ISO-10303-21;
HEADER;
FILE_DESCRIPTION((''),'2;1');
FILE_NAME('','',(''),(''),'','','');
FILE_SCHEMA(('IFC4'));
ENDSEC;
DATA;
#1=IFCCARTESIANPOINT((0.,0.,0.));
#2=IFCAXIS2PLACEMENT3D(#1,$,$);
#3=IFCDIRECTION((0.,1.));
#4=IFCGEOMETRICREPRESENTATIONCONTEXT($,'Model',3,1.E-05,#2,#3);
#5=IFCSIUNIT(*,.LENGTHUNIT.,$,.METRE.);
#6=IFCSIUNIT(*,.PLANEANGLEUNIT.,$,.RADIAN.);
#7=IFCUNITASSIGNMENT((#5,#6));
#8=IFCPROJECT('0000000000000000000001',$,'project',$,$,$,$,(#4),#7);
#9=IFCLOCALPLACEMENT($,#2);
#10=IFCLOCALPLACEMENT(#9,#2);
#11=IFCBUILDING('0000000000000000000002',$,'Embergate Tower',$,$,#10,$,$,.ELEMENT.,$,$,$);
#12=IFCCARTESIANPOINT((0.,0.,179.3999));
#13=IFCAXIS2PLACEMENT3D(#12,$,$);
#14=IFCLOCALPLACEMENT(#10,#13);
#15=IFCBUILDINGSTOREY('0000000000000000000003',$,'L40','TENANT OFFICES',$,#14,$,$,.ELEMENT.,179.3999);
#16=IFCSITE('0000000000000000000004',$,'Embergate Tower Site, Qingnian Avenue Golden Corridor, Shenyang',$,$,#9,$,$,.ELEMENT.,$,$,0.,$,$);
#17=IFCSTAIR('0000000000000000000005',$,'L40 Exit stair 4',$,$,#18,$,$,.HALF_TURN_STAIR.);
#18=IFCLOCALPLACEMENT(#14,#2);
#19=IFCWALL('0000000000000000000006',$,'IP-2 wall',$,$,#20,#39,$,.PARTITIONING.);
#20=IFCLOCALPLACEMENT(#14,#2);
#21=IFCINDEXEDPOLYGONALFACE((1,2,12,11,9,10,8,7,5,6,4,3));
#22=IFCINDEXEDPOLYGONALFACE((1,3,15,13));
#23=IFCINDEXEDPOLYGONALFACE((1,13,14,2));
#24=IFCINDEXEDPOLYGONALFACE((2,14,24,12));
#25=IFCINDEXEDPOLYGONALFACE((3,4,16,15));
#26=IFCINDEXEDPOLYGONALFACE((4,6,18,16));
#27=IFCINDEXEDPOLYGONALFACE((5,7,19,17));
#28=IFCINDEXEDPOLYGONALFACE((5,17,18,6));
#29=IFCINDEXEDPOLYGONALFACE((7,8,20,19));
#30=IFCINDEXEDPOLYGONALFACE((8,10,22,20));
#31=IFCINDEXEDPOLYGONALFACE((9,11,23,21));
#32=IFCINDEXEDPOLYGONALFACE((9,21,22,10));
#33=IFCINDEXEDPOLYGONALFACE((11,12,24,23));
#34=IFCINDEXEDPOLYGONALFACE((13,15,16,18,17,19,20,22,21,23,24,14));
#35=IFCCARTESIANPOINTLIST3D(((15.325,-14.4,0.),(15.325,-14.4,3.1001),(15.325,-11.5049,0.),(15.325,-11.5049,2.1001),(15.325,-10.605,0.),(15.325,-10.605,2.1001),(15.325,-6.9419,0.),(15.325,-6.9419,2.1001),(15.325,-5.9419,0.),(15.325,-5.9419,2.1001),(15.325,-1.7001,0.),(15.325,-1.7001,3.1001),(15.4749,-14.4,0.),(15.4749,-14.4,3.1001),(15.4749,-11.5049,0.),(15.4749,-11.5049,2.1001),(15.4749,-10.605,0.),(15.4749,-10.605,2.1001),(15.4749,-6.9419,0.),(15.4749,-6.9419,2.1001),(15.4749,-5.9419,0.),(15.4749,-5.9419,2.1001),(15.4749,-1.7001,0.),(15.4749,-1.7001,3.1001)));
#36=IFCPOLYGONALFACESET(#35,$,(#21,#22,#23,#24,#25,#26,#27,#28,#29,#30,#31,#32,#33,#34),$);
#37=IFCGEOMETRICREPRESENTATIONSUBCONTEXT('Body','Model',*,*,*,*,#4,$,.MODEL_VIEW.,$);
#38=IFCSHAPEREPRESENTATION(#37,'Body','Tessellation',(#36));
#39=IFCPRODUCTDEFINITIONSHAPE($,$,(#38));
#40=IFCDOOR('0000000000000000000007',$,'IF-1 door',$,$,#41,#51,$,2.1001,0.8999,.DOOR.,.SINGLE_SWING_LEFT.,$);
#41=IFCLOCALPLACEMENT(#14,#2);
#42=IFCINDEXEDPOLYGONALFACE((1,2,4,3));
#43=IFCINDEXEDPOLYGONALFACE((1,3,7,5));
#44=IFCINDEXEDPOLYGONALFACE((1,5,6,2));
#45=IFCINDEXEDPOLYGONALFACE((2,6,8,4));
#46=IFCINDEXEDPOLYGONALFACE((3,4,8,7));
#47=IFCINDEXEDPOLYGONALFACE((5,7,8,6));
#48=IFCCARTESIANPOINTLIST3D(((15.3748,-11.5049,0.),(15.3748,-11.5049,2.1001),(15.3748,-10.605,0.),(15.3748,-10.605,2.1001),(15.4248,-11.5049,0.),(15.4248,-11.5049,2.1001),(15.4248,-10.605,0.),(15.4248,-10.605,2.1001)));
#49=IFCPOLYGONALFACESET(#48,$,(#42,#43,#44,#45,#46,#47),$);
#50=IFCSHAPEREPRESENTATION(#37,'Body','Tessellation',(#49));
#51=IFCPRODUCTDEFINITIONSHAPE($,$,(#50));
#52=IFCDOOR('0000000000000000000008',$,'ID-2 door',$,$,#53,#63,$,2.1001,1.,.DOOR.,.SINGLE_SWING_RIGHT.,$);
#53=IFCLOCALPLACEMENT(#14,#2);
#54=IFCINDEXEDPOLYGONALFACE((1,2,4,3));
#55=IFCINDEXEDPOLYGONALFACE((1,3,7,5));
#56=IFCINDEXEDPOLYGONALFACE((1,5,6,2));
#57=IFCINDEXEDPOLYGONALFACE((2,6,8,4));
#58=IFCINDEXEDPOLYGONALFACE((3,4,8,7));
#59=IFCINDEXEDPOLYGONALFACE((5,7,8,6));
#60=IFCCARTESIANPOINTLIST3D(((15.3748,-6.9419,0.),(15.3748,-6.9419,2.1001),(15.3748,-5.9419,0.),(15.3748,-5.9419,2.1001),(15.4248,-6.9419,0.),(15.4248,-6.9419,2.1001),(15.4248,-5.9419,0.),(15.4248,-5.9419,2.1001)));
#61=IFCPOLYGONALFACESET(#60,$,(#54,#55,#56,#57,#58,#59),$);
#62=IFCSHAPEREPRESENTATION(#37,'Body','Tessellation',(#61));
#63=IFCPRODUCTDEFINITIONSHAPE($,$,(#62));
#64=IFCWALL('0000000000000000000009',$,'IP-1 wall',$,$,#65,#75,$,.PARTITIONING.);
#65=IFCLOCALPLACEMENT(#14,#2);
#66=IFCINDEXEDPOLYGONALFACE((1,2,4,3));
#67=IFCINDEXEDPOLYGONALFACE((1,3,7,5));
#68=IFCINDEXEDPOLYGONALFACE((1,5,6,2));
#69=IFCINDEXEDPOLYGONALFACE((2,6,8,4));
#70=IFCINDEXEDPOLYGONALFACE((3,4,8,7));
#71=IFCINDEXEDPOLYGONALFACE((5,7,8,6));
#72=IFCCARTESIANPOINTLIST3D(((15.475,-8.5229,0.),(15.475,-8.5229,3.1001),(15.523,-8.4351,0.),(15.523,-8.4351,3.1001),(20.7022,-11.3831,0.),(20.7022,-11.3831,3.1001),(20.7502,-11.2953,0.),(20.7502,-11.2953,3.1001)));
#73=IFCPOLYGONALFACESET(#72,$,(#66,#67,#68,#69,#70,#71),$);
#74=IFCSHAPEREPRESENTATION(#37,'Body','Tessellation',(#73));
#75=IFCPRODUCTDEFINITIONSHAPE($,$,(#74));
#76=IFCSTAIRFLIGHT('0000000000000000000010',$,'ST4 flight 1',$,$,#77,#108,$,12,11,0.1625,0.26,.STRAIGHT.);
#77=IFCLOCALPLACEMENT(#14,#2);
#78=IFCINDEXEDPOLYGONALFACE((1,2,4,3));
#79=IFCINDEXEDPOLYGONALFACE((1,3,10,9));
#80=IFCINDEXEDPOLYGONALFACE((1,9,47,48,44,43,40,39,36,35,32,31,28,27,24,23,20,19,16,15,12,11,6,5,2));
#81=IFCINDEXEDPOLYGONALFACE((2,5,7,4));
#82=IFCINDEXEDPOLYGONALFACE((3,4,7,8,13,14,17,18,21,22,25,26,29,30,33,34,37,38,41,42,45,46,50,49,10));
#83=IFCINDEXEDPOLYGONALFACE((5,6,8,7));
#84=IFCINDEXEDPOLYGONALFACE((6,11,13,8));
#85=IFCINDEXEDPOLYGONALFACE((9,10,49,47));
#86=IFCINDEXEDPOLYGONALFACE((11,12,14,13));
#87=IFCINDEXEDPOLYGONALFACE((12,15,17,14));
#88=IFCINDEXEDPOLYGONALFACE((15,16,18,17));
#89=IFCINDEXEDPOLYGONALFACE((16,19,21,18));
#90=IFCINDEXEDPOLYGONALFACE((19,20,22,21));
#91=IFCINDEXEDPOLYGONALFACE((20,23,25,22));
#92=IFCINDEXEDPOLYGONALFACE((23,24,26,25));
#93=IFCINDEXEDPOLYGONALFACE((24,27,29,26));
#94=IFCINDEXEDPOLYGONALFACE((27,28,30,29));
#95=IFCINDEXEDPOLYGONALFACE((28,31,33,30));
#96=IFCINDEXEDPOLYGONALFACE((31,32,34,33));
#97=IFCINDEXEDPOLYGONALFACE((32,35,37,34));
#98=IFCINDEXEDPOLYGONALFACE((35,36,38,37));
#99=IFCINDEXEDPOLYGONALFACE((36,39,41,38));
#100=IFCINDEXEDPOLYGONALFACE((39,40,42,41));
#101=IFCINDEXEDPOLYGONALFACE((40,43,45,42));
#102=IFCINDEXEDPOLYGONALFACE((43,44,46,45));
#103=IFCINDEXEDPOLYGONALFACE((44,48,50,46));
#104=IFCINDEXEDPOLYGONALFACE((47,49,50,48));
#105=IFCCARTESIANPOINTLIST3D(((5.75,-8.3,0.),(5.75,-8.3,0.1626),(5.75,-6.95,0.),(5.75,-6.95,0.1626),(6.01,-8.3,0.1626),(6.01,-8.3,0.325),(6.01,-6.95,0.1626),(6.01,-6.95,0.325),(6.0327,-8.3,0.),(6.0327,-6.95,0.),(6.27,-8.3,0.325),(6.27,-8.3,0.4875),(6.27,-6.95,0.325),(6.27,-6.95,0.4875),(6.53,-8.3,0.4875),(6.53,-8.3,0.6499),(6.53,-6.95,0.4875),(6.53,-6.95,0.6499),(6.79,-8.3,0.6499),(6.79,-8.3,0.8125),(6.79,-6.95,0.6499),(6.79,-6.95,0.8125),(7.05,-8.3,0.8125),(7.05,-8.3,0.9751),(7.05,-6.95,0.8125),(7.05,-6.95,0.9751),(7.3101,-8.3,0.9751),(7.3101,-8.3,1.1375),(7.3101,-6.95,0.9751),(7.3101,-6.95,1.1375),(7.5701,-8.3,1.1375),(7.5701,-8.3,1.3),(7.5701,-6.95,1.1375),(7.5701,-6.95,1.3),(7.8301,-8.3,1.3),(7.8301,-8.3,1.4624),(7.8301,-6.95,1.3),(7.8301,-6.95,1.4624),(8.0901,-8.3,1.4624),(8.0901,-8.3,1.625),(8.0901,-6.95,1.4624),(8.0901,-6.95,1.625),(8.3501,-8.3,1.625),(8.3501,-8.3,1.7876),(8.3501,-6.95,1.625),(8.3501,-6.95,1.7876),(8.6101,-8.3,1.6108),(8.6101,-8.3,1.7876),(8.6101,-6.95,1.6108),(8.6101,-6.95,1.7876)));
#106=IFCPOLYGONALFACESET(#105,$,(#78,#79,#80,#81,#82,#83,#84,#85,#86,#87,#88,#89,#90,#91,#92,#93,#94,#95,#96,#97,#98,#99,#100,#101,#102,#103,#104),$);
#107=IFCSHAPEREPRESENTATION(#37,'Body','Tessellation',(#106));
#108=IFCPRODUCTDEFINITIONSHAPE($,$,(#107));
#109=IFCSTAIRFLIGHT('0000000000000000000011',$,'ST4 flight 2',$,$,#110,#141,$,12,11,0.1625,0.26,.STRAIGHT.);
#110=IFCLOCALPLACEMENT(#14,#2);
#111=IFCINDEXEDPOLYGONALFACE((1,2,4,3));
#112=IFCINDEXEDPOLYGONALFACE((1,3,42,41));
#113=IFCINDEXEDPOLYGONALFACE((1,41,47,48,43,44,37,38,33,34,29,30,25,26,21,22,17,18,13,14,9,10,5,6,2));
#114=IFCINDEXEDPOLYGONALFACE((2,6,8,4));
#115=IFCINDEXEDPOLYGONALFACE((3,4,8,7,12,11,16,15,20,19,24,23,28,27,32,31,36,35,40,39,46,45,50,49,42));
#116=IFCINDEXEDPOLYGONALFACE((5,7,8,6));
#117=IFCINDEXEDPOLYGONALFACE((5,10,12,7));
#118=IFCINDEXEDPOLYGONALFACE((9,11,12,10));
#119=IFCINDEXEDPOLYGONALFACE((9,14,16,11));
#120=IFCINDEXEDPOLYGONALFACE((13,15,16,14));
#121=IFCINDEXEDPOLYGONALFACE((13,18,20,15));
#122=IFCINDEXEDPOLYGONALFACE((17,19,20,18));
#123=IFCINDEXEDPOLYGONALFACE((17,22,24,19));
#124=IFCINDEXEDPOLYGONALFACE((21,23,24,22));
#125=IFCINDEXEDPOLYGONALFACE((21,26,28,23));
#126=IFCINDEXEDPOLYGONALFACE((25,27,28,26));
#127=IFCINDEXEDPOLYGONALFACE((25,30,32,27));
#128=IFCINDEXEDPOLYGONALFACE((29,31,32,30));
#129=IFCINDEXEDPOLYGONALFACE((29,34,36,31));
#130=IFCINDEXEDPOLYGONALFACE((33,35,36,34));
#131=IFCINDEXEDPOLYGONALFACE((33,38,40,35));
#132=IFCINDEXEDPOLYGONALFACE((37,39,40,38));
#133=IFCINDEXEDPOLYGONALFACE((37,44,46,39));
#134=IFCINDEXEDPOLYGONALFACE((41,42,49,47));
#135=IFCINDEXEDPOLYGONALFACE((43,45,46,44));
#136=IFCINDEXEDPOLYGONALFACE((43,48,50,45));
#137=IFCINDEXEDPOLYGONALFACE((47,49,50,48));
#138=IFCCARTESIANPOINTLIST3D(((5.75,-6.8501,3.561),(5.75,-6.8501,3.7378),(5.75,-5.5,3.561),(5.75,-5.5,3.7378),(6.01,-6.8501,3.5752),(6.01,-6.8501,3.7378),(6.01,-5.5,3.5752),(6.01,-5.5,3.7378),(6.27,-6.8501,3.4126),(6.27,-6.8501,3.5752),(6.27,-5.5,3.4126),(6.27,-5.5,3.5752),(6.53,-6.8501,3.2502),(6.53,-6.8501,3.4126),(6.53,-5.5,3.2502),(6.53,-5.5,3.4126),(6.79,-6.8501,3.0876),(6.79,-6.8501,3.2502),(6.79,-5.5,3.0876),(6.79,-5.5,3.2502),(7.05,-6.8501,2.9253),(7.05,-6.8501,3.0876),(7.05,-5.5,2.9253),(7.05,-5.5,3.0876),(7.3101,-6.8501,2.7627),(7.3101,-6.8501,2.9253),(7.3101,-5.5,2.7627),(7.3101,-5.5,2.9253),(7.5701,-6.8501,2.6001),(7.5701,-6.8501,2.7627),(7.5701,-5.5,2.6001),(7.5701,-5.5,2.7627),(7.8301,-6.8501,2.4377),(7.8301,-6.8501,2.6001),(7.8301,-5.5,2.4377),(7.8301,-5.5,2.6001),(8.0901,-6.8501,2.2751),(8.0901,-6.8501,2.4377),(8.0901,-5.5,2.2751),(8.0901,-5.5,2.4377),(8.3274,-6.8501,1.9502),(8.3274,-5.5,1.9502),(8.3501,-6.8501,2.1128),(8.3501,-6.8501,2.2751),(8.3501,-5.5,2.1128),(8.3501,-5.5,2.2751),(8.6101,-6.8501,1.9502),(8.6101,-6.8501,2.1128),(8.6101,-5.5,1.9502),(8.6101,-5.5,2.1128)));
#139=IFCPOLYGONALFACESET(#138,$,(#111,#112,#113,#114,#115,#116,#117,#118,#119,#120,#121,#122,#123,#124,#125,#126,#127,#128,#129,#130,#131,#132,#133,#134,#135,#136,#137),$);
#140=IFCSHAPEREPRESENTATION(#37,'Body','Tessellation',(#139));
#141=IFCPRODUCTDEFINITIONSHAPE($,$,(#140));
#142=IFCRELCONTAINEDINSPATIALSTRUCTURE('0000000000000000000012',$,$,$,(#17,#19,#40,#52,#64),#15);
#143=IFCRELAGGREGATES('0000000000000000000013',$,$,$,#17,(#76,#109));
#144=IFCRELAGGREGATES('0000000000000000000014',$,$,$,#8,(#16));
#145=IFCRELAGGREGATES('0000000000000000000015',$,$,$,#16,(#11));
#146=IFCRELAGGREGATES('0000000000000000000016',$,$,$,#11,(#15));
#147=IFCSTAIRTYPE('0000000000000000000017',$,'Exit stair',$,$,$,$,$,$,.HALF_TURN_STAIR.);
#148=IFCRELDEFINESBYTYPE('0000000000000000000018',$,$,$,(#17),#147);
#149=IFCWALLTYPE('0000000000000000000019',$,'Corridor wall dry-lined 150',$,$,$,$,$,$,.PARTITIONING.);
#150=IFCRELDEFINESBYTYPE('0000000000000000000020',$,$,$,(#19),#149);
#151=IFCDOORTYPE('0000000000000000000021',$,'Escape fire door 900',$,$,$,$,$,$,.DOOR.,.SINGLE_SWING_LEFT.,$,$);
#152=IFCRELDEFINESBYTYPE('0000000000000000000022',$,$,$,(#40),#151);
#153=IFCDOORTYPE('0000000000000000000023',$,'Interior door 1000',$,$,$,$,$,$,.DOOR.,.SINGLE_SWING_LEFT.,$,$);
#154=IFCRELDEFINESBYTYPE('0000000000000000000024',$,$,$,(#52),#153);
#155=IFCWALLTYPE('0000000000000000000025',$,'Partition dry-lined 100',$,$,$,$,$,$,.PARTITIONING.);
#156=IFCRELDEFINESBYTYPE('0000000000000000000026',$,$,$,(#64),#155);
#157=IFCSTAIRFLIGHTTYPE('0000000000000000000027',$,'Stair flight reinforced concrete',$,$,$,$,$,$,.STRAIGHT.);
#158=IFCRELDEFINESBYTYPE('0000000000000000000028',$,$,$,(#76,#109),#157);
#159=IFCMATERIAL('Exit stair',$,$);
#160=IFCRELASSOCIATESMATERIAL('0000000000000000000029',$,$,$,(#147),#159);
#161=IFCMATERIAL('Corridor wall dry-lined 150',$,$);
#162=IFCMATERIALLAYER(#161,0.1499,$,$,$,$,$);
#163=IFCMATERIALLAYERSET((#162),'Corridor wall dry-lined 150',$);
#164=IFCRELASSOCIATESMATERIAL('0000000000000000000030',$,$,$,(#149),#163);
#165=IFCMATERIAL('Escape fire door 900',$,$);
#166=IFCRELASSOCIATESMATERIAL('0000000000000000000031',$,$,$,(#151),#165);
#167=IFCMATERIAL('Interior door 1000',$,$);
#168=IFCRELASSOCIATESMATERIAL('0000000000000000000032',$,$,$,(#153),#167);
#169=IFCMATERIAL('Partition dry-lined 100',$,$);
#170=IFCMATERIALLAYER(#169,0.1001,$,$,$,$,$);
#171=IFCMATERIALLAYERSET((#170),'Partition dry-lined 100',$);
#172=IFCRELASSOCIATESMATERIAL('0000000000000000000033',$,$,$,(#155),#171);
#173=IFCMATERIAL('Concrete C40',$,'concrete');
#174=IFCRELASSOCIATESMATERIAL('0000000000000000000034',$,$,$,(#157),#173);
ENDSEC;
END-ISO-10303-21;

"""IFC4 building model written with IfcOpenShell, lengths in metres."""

from ifc_helpers import new_model, si_unit, direction, frame, frame_2d, origin, place, context, subcontext, project, spatial, polyline, rectangle, outline, extrude, source, transform, mapped, material, layer, layer_set, type_object, element, fill, aggregate, save


model = new_model("IFC4")

# Units and contexts
model_context = context("Model", 3, precision=1e-05, world=origin(), true_north=direction((0.0, 1.0)))
body_context = subcontext(model_context, "Body", "Model", "MODEL_VIEW")
ifc_project = project(units=[si_unit("LENGTHUNIT", "METRE"), si_unit("PLANEANGLEUNIT", "RADIAN")], contexts=[model_context])

# Site, building, storey
site_placement = place(None, origin())
site = spatial("IfcSite", under=ifc_project, at=site_placement, Name="Embergate Tower Site, Qingnian Avenue Golden Corridor, Shenyang", CompositionType="ELEMENT", RefElevation=0.0)
building_placement = place(site_placement, origin())
building = spatial("IfcBuilding", under=site, at=building_placement, Name="Embergate Tower", CompositionType="ELEMENT")
storey_placement = place(building_placement, frame((0.0, 0.0, 179.3999)))
storey = spatial("IfcBuildingStorey", under=building, at=storey_placement, Name="L40", Description="TENANT OFFICES", CompositionType="ELEMENT", Elevation=179.3999)

# Stair
ifc_material_1 = material(Name="Exit stair")
stair_type = type_object("IfcStairType", Name="Exit stair", PredefinedType="HALF_TURN_STAIR", material=ifc_material_1)
stair_placement = place(storey_placement, origin())
stair = element("IfcStair", 1, at=stair_placement, inside=storey, type_object=stair_type, Name="L40 Exit stair 4", PredefinedType="HALF_TURN_STAIR")
ifc_material_2 = material(Name="Concrete C40", Category="concrete")

# Wall, openings, doors
ifc_material_3 = material(Name="Corridor wall dry-lined 150")
ifc_layer_1 = layer(ifc_material_3, 0.1499)
ifc_layer_set_1 = layer_set([ifc_layer_1], Name="Corridor wall dry-lined 150")
wall_type_1 = type_object("IfcWallType", Name="Corridor wall dry-lined 150", PredefinedType="PARTITIONING", material=ifc_layer_set_1)
shared_shape_1 = source(origin(), body_context, "Body", "SweptSolid", [
    extrude(rectangle(XDim=12.7, YDim=0.1499, at=frame_2d((6.3501, 0.0))), origin(), (0.0, 0.0, 1.0), 3.1001),
])
wall_1_placement = place(storey_placement, frame((15.3999, -1.7, 0.0), z_axis=(0.0, 0.0, 1.0), x_axis=(0.0, -1.0, 0.0)))
wall_1 = element("IfcWall", 2, at=wall_1_placement, inside=storey, type_object=wall_type_1, Name="IP-2 wall", PredefinedType="PARTITIONING", context=body_context, shape_type="MappedRepresentation", body=[
    mapped(shared_shape_1, transform((0.0, 0.0, 0.0))),
])
shared_shape_2 = source(origin(), body_context, "Body", "SweptSolid", [
    extrude(rectangle(XDim=0.8999, YDim=2.1001, at=frame_2d((0.45, 1.05))), frame((0.0, 0.085, 0.0), z_axis=(0.0, -1.0, 0.0), x_axis=(1.0, 0.0, 0.0)), (0.0, 0.0, 1.0), 0.1699),
])
opening_1_placement = place(wall_1_placement, frame((8.905, 0.0, 0.0)))
opening_1 = element("IfcOpeningElement", 3, at=opening_1_placement, cuts=wall_1, PredefinedType="OPENING", context=body_context, shape_type="MappedRepresentation", body=[
    mapped(shared_shape_2, transform((0.0, 0.0, 0.0))),
])
shared_shape_3 = source(origin(), body_context, "Body", "SweptSolid", [
    extrude(rectangle(XDim=1.0, YDim=2.1001, at=frame_2d((0.5, 1.05))), frame((0.0, 0.085, 0.0), z_axis=(0.0, -1.0, 0.0), x_axis=(1.0, 0.0, 0.0)), (0.0, 0.0, 1.0), 0.1699),
])
opening_2_placement = place(wall_1_placement, frame((4.2419, 0.0, 0.0)))
opening_2 = element("IfcOpeningElement", 4, at=opening_2_placement, cuts=wall_1, PredefinedType="OPENING", context=body_context, shape_type="MappedRepresentation", body=[
    mapped(shared_shape_3, transform((0.0, 0.0, 0.0))),
])
ifc_material_4 = material(Name="Escape fire door 900")
door_type_1 = type_object("IfcDoorType", Name="Escape fire door 900", OperationType="SINGLE_SWING_LEFT", PredefinedType="DOOR", material=ifc_material_4)
shared_shape_4 = source(origin(), body_context, "Body", "SweptSolid", [
    extrude(rectangle(XDim=0.8999, YDim=2.1001, at=frame_2d((0.45, 1.05))), frame((0.0, 0.0249, 0.0), z_axis=(0.0, -1.0, 0.0), x_axis=(1.0, 0.0, 0.0)), (0.0, 0.0, 1.0), 0.05),
])
door_1_placement = place(opening_1_placement, origin())
door_1 = element("IfcDoor", 5, at=door_1_placement, inside=storey, type_object=door_type_1, Name="IF-1 door", OperationType="SINGLE_SWING_LEFT", OverallHeight=2.1001, OverallWidth=0.8999, PredefinedType="DOOR", context=body_context, shape_type="MappedRepresentation", body=[
    mapped(shared_shape_4, transform((0.0, 0.0, 0.0))),
])
fill(opening_1, door_1)
ifc_material_5 = material(Name="Interior door 1000")
door_type_2 = type_object("IfcDoorType", Name="Interior door 1000", OperationType="SINGLE_SWING_LEFT", PredefinedType="DOOR", material=ifc_material_5)
shared_shape_5 = source(origin(), body_context, "Body", "SweptSolid", [
    extrude(rectangle(XDim=1.0, YDim=2.1001, at=frame_2d((0.5, 1.05))), frame((0.0, 0.0249, 0.0), z_axis=(0.0, -1.0, 0.0), x_axis=(1.0, 0.0, 0.0)), (0.0, 0.0, 1.0), 0.05),
])
door_2_placement = place(opening_2_placement, origin())
door_2 = element("IfcDoor", 6, at=door_2_placement, inside=storey, type_object=door_type_2, Name="ID-2 door", OperationType="SINGLE_SWING_RIGHT", OverallHeight=2.1001, OverallWidth=1.0, PredefinedType="DOOR", context=body_context, shape_type="MappedRepresentation", body=[
    mapped(shared_shape_5, transform((0.0, 0.0, 0.0))),
])
fill(opening_2, door_2)

# Wall
ifc_material_6 = material(Name="Partition dry-lined 100")
ifc_layer_2 = layer(ifc_material_6, 0.1001)
ifc_layer_set_2 = layer_set([ifc_layer_2], Name="Partition dry-lined 100")
wall_type_2 = type_object("IfcWallType", Name="Partition dry-lined 100", PredefinedType="PARTITIONING", material=ifc_layer_set_2)
shared_shape_6 = source(origin(), body_context, "Body", "SweptSolid", [
    extrude(rectangle(XDim=5.9585, YDim=0.1001, at=frame_2d((2.9792, 0.0))), origin(), (0.0, 0.0, 1.0), 3.1001),
])
wall_2_placement = place(storey_placement, frame((15.499, -8.479, 0.0), z_axis=(0.0, 0.0, 1.0), x_axis=(0.877261, -0.480014, 0.0)))
element("IfcWall", 7, at=wall_2_placement, inside=storey, type_object=wall_type_2, Name="IP-1 wall", PredefinedType="PARTITIONING", context=body_context, shape_type="MappedRepresentation", body=[
    mapped(shared_shape_6, transform((0.0, 0.0, 0.0))),
])

# Stair flights
stair_flight_type = type_object("IfcStairFlightType", Name="Stair flight reinforced concrete", PredefinedType="STRAIGHT", material=ifc_material_2)
shared_shape_7 = source(origin(), body_context, "Body", "SweptSolid", [
    extrude(outline(polyline([(0.0, 0.0), (0.0, 0.1626), (0.26, 0.1626), (0.26, 0.325), (0.52, 0.325), (0.52, 0.4875), (0.78, 0.4875), (0.78, 0.6499), (1.04, 0.6499), (1.04, 0.8125), (1.3, 0.8125), (1.3, 0.9751), (1.5601, 0.9751), (1.5601, 1.1375), (1.8201, 1.1375), (1.8201, 1.3), (2.0801, 1.3), (2.0801, 1.4624), (2.3401, 1.4624), (2.3401, 1.625), (2.6001, 1.625), (2.6001, 1.7876), (2.8601, 1.7876), (2.8601, 1.95), (2.8601, 1.6108), (0.2827, 0.0), (0.0, 0.0)])), frame((0.0, 0.675, 0.0), z_axis=(0.0, -1.0, 0.0), x_axis=(1.0, 0.0, 0.0)), (0.0, 0.0, 1.0), 1.3501),
])
stair_flight_1_placement = place(storey_placement, frame((5.75, -7.625, 0.0), z_axis=(0.0, 0.0, 1.0), x_axis=(1.0, 0.0, 0.0)))
stair_flight_1 = element("IfcStairFlight", 8, at=stair_flight_1_placement, type_object=stair_flight_type, Name="ST4 flight 1", NumberOfRisers=12, NumberOfTreads=11, PredefinedType="STRAIGHT", RiserHeight=0.1625, TreadLength=0.26, context=body_context, shape_type="MappedRepresentation", body=[
    mapped(shared_shape_7, transform((0.0, 0.0, 0.0))),
])
stair_flight_2_placement = place(storey_placement, frame((8.6101, -6.175, 1.9502), z_axis=(0.0, 0.0, 1.0), x_axis=(-1.0, 0.0, 0.0)))
stair_flight_2 = element("IfcStairFlight", 9, at=stair_flight_2_placement, type_object=stair_flight_type, Name="ST4 flight 2", NumberOfRisers=12, NumberOfTreads=11, PredefinedType="STRAIGHT", RiserHeight=0.1625, TreadLength=0.26, context=body_context, shape_type="MappedRepresentation", body=[
    mapped(shared_shape_7, transform((0.0, 0.0, 0.0))),
])
aggregate(stair, [stair_flight_1, stair_flight_2])

save(model, "model.ifc")
